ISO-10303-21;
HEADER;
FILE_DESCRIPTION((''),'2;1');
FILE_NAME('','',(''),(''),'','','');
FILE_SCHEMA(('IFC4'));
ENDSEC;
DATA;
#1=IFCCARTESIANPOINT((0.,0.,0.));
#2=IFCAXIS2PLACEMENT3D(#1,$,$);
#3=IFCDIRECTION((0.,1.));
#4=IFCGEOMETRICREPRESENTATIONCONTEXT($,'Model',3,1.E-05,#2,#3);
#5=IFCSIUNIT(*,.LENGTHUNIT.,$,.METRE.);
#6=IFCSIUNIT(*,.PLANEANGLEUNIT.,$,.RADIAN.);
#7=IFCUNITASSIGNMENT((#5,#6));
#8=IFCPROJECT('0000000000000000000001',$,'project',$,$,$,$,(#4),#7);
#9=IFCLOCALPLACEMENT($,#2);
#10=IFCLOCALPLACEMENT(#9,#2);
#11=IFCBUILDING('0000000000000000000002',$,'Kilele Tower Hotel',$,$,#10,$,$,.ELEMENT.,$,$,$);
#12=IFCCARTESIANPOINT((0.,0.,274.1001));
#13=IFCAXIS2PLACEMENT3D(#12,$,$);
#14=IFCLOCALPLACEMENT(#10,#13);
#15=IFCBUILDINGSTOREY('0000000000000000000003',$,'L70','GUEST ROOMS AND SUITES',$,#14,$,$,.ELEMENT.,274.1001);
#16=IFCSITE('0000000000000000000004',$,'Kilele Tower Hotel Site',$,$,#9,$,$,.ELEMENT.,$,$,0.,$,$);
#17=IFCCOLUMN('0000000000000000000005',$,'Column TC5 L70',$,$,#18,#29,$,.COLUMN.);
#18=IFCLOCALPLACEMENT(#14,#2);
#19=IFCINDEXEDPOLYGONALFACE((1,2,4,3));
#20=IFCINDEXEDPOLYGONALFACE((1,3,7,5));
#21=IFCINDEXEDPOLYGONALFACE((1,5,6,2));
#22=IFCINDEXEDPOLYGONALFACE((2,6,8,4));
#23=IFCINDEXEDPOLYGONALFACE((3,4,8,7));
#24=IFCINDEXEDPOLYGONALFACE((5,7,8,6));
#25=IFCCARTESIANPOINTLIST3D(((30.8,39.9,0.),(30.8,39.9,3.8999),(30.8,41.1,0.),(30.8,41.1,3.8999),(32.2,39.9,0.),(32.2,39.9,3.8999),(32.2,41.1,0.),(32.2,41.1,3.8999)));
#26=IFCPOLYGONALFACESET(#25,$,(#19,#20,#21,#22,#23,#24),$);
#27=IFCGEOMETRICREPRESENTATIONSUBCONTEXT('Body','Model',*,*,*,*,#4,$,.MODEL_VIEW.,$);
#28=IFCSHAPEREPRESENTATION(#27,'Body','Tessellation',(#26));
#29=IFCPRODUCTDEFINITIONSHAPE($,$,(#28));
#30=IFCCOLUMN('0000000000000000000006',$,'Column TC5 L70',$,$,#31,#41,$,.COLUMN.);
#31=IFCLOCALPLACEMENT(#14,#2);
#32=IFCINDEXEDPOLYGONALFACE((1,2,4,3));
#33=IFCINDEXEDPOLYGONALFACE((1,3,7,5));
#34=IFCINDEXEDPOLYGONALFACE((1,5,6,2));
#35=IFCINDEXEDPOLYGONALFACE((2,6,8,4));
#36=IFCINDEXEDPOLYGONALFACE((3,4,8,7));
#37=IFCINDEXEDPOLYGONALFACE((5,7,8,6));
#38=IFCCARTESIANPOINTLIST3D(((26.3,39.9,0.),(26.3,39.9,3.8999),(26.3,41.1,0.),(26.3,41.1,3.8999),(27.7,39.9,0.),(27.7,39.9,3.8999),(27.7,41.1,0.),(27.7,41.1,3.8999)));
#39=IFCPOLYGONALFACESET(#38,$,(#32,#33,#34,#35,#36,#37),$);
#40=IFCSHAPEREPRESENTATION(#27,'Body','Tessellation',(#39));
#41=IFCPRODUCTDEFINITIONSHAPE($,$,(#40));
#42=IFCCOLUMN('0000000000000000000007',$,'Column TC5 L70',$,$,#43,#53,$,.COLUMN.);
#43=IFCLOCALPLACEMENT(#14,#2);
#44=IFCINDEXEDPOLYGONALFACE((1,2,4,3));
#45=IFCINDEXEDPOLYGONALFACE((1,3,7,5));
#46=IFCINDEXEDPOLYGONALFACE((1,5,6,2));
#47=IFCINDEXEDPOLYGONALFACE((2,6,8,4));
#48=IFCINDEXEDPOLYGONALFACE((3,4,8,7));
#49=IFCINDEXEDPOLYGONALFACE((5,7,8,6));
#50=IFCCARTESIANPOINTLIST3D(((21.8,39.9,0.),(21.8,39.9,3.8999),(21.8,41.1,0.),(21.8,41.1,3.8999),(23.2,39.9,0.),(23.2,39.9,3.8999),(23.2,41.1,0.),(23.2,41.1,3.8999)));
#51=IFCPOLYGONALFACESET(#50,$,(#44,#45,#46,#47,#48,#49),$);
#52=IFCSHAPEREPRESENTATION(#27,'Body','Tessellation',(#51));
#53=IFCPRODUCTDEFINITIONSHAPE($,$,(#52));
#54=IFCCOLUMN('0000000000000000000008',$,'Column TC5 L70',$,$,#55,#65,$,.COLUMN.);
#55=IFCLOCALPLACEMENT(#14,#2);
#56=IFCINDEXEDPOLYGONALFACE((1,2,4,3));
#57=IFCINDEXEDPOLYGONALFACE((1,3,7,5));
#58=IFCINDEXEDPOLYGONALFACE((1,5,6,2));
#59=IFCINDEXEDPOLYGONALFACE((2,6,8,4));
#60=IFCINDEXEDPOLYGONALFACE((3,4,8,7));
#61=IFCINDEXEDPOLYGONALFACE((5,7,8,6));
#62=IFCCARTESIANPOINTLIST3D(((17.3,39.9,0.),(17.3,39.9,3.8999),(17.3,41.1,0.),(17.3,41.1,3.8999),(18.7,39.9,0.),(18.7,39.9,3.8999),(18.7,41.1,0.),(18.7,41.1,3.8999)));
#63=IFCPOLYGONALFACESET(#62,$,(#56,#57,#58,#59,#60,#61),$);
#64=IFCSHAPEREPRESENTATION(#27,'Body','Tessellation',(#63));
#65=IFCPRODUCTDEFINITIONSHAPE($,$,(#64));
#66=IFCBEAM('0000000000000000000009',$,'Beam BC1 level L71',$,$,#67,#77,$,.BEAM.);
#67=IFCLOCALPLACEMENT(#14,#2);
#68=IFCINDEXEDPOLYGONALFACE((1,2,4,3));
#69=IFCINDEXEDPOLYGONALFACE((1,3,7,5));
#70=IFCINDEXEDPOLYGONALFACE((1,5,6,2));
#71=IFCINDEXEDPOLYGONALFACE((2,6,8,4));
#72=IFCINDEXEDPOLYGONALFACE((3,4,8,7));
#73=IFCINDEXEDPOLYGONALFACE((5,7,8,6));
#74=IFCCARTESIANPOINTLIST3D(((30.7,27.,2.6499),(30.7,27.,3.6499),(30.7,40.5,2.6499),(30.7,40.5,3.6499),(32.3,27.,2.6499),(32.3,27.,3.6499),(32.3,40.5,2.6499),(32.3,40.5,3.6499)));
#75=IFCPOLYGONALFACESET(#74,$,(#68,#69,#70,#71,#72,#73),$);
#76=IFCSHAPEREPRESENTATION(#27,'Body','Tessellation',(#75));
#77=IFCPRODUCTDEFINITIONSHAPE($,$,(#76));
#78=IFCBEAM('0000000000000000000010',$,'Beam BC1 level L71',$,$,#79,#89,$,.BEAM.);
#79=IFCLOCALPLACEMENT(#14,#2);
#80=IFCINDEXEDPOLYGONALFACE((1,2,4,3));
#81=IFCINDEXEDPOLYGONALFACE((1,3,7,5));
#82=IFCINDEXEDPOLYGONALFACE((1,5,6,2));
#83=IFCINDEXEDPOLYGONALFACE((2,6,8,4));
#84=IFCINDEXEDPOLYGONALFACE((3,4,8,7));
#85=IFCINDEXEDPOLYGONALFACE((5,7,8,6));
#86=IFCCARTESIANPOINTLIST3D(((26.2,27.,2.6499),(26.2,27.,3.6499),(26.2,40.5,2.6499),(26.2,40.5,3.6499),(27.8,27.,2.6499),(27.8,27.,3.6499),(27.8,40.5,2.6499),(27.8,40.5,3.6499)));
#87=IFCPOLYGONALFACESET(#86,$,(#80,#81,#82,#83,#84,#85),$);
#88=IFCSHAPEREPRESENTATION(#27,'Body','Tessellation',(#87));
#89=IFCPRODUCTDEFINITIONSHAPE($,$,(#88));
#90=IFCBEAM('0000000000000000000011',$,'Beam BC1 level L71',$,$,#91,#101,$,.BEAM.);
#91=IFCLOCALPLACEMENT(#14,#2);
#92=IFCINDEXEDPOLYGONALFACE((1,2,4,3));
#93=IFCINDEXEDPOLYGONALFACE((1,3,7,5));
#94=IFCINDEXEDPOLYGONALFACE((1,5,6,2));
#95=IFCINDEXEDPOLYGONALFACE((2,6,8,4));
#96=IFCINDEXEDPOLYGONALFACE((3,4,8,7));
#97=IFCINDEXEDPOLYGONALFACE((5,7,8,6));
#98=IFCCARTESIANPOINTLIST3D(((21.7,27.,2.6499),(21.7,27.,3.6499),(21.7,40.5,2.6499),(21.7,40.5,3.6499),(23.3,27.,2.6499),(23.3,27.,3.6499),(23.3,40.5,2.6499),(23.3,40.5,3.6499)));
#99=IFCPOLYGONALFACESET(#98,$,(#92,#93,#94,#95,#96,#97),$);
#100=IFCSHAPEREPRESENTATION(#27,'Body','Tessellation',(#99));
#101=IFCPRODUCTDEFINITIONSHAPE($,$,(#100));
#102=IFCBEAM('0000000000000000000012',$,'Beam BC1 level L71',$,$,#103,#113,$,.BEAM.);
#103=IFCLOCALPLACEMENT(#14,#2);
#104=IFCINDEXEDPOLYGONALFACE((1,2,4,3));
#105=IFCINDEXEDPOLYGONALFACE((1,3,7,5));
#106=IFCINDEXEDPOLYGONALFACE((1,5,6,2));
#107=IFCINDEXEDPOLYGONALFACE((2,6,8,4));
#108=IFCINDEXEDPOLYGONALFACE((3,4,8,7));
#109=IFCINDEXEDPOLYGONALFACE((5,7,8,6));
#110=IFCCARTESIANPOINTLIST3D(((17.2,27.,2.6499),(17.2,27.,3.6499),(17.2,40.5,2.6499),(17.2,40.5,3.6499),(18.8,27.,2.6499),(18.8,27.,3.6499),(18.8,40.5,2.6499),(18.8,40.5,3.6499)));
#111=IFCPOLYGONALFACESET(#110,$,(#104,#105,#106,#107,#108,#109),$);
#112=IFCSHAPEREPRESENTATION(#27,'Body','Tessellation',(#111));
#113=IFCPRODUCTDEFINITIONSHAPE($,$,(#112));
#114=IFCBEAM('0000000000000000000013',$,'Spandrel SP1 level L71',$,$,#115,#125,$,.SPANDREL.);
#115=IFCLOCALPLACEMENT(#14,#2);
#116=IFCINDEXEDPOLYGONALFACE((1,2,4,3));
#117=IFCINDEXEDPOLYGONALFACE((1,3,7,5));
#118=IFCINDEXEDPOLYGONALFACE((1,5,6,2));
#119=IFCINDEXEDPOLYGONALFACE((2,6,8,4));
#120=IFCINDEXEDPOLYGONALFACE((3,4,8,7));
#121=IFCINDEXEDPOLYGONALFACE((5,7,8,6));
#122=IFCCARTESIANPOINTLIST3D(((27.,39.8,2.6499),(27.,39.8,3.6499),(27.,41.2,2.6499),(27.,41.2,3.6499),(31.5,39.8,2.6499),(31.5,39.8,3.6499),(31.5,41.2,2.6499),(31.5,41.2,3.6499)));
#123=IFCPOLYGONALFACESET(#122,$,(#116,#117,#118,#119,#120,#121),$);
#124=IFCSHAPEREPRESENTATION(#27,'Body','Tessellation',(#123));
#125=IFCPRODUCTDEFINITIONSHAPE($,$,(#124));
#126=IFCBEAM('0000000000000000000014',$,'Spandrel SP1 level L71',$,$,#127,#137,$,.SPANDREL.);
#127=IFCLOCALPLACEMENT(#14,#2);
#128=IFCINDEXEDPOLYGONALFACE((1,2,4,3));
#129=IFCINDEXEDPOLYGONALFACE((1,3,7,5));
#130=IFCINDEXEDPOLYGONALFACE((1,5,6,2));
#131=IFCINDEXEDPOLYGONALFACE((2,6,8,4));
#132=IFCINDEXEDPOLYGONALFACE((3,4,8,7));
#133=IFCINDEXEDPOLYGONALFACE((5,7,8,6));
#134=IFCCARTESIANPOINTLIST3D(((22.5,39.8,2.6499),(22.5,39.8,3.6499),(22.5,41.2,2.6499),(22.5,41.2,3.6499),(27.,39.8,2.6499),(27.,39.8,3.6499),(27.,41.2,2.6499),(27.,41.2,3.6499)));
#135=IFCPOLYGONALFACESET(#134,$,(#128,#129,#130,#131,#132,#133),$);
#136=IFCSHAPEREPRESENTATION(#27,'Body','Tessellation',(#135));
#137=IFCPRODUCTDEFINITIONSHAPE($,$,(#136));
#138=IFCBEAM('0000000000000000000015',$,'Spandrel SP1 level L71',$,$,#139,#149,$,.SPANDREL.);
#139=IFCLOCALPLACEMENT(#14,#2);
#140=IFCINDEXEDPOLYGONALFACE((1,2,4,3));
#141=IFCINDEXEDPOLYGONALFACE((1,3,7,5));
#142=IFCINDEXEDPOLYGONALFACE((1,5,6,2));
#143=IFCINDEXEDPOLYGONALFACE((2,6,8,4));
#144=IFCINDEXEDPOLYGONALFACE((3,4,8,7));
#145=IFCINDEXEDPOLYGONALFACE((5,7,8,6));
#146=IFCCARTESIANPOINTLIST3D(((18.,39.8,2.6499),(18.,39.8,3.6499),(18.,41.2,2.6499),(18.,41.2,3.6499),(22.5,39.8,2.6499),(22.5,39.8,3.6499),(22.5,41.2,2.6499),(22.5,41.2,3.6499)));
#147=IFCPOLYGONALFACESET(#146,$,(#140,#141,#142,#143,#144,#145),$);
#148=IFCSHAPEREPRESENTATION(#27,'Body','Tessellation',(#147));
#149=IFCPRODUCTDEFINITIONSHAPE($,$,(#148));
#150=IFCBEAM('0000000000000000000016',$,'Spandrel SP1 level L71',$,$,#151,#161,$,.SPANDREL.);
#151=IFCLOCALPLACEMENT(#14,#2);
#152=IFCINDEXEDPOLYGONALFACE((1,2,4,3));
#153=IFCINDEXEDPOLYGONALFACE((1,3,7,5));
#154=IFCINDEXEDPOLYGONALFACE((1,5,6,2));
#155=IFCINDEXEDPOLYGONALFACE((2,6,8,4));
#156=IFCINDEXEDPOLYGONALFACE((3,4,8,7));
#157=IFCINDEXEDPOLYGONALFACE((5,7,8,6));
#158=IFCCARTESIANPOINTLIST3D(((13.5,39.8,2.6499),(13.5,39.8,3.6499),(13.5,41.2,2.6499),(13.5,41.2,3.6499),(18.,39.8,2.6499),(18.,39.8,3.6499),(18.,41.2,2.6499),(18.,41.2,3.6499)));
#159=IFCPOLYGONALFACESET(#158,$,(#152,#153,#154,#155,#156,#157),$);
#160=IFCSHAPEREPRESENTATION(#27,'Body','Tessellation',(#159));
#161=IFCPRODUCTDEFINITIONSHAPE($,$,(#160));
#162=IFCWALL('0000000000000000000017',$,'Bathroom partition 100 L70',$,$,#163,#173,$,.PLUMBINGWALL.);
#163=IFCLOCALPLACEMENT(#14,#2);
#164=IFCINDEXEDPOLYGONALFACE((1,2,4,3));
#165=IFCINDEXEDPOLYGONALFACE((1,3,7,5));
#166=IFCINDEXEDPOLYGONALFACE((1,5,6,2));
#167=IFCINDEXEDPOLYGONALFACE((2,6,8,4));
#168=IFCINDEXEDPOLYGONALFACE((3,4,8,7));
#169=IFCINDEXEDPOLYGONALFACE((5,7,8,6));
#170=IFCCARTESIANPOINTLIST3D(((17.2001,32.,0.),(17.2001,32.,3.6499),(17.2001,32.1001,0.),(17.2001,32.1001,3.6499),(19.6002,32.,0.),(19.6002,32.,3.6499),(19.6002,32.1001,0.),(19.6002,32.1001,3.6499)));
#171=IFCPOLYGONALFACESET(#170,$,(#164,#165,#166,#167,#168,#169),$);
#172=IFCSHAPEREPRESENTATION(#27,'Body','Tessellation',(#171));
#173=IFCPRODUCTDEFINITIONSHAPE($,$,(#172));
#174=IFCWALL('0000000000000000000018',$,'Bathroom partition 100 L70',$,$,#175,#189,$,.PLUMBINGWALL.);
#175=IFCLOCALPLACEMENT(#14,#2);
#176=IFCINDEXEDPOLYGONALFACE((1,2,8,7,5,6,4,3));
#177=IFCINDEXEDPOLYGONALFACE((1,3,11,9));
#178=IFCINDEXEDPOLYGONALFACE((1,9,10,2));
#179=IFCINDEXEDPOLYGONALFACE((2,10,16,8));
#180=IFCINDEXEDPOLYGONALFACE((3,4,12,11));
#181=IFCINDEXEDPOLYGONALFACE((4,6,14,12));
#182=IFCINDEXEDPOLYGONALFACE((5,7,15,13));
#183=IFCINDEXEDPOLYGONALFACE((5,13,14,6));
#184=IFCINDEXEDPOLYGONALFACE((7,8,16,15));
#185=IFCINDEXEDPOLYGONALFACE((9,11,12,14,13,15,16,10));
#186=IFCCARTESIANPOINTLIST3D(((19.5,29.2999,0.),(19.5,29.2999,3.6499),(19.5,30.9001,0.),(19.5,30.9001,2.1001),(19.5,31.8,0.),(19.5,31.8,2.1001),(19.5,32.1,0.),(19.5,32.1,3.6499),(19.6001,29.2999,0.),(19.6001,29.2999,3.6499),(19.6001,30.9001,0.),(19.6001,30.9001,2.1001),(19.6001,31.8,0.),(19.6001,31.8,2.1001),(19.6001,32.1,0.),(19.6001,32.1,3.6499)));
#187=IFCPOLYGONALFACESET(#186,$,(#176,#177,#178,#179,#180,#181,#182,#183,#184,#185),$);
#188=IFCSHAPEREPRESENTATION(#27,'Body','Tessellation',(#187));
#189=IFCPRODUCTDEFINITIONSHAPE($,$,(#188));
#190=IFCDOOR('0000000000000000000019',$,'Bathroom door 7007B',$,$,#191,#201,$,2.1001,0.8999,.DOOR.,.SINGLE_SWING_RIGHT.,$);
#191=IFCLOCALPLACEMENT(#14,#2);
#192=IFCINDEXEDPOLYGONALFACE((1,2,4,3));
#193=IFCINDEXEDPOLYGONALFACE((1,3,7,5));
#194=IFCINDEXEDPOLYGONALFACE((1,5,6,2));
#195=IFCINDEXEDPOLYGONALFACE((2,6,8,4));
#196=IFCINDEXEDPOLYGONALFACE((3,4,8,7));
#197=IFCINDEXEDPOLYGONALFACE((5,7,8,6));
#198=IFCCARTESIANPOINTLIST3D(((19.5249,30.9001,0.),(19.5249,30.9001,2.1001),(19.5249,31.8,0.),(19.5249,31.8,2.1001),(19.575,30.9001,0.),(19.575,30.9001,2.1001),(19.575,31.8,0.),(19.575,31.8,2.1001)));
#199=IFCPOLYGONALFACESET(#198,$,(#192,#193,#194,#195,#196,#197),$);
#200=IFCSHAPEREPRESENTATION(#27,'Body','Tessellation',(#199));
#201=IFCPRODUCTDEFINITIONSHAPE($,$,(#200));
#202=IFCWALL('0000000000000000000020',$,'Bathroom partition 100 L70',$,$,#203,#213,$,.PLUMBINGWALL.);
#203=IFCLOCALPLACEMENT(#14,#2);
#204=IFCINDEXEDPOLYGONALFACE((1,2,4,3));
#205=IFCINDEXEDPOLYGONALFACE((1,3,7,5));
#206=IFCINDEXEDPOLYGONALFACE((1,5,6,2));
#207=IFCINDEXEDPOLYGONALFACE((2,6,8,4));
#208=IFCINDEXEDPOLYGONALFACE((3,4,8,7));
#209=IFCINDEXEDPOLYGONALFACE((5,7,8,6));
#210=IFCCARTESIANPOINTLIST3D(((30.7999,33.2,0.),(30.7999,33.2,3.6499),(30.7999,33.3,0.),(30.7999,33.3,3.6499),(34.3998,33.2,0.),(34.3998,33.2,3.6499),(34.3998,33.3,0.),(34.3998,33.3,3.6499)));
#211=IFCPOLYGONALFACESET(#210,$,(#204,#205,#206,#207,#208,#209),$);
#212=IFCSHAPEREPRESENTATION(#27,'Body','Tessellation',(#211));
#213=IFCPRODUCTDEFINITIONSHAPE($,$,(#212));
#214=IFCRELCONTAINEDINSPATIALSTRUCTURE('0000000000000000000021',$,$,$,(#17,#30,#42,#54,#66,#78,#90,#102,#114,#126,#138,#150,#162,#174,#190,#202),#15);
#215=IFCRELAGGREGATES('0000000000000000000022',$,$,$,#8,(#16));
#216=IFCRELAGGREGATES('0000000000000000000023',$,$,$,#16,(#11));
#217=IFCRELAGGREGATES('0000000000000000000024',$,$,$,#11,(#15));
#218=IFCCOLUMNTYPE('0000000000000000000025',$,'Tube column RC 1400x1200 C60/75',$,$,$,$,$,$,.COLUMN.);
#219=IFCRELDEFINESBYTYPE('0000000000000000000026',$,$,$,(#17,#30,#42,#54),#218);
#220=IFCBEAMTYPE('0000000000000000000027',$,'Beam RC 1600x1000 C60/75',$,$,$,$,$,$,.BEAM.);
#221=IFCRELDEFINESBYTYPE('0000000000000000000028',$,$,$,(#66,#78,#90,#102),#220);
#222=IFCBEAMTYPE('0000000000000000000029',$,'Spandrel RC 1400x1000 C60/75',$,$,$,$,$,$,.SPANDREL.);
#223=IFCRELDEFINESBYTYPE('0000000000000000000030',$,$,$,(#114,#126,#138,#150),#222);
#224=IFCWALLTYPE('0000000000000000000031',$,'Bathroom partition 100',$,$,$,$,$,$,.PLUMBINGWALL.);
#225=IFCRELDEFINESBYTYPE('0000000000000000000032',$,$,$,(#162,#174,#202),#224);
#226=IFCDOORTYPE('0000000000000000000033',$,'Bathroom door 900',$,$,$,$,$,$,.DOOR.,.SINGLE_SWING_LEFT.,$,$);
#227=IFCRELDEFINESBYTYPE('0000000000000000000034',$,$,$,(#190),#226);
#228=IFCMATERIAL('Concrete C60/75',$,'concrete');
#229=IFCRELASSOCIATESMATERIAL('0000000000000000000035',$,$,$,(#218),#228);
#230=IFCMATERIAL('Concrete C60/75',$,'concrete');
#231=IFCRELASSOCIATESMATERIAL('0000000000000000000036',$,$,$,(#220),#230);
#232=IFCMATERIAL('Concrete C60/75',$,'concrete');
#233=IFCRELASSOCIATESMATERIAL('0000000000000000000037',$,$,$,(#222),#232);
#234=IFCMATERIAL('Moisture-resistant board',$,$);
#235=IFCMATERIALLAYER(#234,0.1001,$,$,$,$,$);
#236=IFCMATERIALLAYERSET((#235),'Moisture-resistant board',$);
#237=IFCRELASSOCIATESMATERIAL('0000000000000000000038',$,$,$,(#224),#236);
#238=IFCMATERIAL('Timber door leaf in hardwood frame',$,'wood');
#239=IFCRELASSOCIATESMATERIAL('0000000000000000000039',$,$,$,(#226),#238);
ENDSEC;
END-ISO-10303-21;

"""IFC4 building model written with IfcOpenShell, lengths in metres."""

from ifc_helpers import new_model, si_unit, direction, frame, frame_2d, origin, origin_2d, place, context, subcontext, project, spatial, rectangle, extrude, material, layer, layer_set, material_profile, profile_set, type_object, element, fill, save


model = new_model("IFC4")

# Units and contexts
model_context = context("Model", 3, precision=1e-05, world=origin(), true_north=direction((0.0, 1.0)))
body_context = subcontext(model_context, "Body", "Model", "MODEL_VIEW")
ifc_project = project(units=[si_unit("LENGTHUNIT", "METRE"), si_unit("PLANEANGLEUNIT", "RADIAN")], contexts=[model_context])

# Site, building, storey
site_placement = place(None, origin())
site = spatial("IfcSite", under=ifc_project, at=site_placement, Name="Kilele Tower Hotel Site", CompositionType="ELEMENT", RefElevation=0.0)
building_placement = place(site_placement, origin())
building = spatial("IfcBuilding", under=site, at=building_placement, Name="Kilele Tower Hotel", CompositionType="ELEMENT")
storey_placement = place(building_placement, frame((0.0, 0.0, 274.1001)))
storey = spatial("IfcBuildingStorey", under=building, at=storey_placement, Name="L70", Description="GUEST ROOMS AND SUITES", CompositionType="ELEMENT", Elevation=274.1001)

# Columns
ifc_material_1 = material(Name="Concrete C60/75", Category="concrete")
ifc_material_profile_1 = material_profile(ifc_material_1, rectangle(XDim=1.3999, YDim=1.2, at=origin_2d()))
ifc_profile_set_1 = profile_set([ifc_material_profile_1], Name="Concrete C60/75")
column_type = type_object("IfcColumnType", Name="Tube column RC 1400x1200 C60/75", PredefinedType="COLUMN", material=ifc_profile_set_1)
for number, where, z_axis, x_axis, name in (
    (1, (31.5, 40.5, 0.0), (0.0, 0.0, 1.0), (1.0, 0.0, 0.0), "Column TC5 L70"),
    (2, (27.0, 40.5, 0.0), (0.0, 0.0, 1.0), (1.0, 0.0, 0.0), "Column TC5 L70"),
    (3, (22.5, 40.5, 0.0), (0.0, 0.0, 1.0), (1.0, 0.0, 0.0), "Column TC5 L70"),
    (4, (18.0, 40.5, 0.0), (0.0, 0.0, 1.0), (1.0, 0.0, 0.0), "Column TC5 L70"),
):
    element("IfcColumn", number, at=place(storey_placement, frame(where, z_axis=z_axis, x_axis=x_axis)), inside=storey, type_object=column_type, Name=name, PredefinedType="COLUMN", context=body_context, shape_type="SweptSolid", body=[
        extrude(rectangle(XDim=1.3999, YDim=1.2, at=origin_2d()), origin(), (0.0, 0.0, 1.0), 3.8999),
    ])

# Beams
ifc_material_2 = material(Name="Concrete C60/75", Category="concrete")
ifc_material_profile_2 = material_profile(ifc_material_2, rectangle(XDim=1.6001, YDim=1.0, at=origin_2d()))
ifc_profile_set_2 = profile_set([ifc_material_profile_2], Name="Concrete C60/75")
beam_type_1 = type_object("IfcBeamType", Name="Beam RC 1600x1000 C60/75", PredefinedType="BEAM", material=ifc_profile_set_2)
for number, where, z_axis, x_axis, name in (
    (5, (31.5, 40.5, 3.1499), (0.0, -1.0, 0.0), (1.0, 0.0, 0.0), "Beam BC1 level L71"),
    (6, (27.0, 40.5, 3.1499), (0.0, -1.0, 0.0), (1.0, 0.0, 0.0), "Beam BC1 level L71"),
    (7, (22.5, 40.5, 3.1499), (0.0, -1.0, 0.0), (1.0, 0.0, 0.0), "Beam BC1 level L71"),
    (8, (18.0, 40.5, 3.1499), (0.0, -1.0, 0.0), (1.0, 0.0, 0.0), "Beam BC1 level L71"),
):
    element("IfcBeam", number, at=place(storey_placement, frame(where, z_axis=z_axis, x_axis=x_axis)), inside=storey, type_object=beam_type_1, Name=name, PredefinedType="BEAM", context=body_context, shape_type="SweptSolid", body=[
        extrude(rectangle(XDim=1.6001, YDim=1.0, at=origin_2d()), origin(), (0.0, 0.0, 1.0), 13.5),
    ])
ifc_material_3 = material(Name="Concrete C60/75", Category="concrete")
ifc_material_profile_3 = material_profile(ifc_material_3, rectangle(XDim=1.3999, YDim=1.0, at=origin_2d()))
ifc_profile_set_3 = profile_set([ifc_material_profile_3], Name="Concrete C60/75")
beam_type_2 = type_object("IfcBeamType", Name="Spandrel RC 1400x1000 C60/75", PredefinedType="SPANDREL", material=ifc_profile_set_3)
for number, where, z_axis, x_axis, name in (
    (9, (31.5, 40.5, 3.1499), (-1.0, 0.0, 0.0), (0.0, -1.0, 0.0), "Spandrel SP1 level L71"),
    (10, (27.0, 40.5, 3.1499), (-1.0, 0.0, 0.0), (0.0, -1.0, 0.0), "Spandrel SP1 level L71"),
    (11, (22.5, 40.5, 3.1499), (-1.0, 0.0, 0.0), (0.0, -1.0, 0.0), "Spandrel SP1 level L71"),
    (12, (18.0, 40.5, 3.1499), (-1.0, 0.0, 0.0), (0.0, -1.0, 0.0), "Spandrel SP1 level L71"),
):
    element("IfcBeam", number, at=place(storey_placement, frame(where, z_axis=z_axis, x_axis=x_axis)), inside=storey, type_object=beam_type_2, Name=name, PredefinedType="SPANDREL", context=body_context, shape_type="SweptSolid", body=[
        extrude(rectangle(XDim=1.3999, YDim=1.0, at=origin_2d()), origin(), (0.0, 0.0, 1.0), 4.5),
    ])

# Wall
ifc_material_4 = material(Name="Moisture-resistant board")
ifc_layer_1 = layer(ifc_material_4, 0.1001)
ifc_layer_set_1 = layer_set([ifc_layer_1], Name="Moisture-resistant board")
wall_type_1 = type_object("IfcWallType", Name="Bathroom partition 100", PredefinedType="PLUMBINGWALL", material=ifc_layer_set_1)
wall_1_placement = place(storey_placement, frame((17.2, 32.05, 0.0), z_axis=(0.0, 0.0, 1.0), x_axis=(1.0, 0.0, 0.0)))
element("IfcWall", 13, at=wall_1_placement, inside=storey, type_object=wall_type_1, Name="Bathroom partition 100 L70", PredefinedType="PLUMBINGWALL", context=body_context, shape_type="SweptSolid", body=[
    extrude(rectangle(XDim=2.4001, YDim=0.1001, at=frame_2d((1.2002, 0.0))), origin(), (0.0, 0.0, 1.0), 3.6499),
])

# Wall, opening, door
wall_2_placement = place(storey_placement, frame((19.55, 29.3, 0.0), z_axis=(0.0, 0.0, 1.0), x_axis=(0.0, 1.0, 0.0)))
wall_2 = element("IfcWall", 14, at=wall_2_placement, inside=storey, type_object=wall_type_1, Name="Bathroom partition 100 L70", PredefinedType="PLUMBINGWALL", context=body_context, shape_type="SweptSolid", body=[
    extrude(rectangle(XDim=2.8, YDim=0.1001, at=frame_2d((1.3999, 0.0))), origin(), (0.0, 0.0, 1.0), 3.6499),
])
opening_1_placement = place(wall_2_placement, frame((2.5, 0.0, 0.0), z_axis=(0.0, 0.0, 1.0), x_axis=(-1.0, 0.0, 0.0)))
opening_1 = element("IfcOpeningElement", 15, at=opening_1_placement, cuts=wall_2, PredefinedType="OPENING", context=body_context, shape_type="SweptSolid", body=[
    extrude(rectangle(XDim=0.8999, YDim=2.1001, at=frame_2d((0.45, 1.05))), frame((0.0, 0.0601, 0.0), z_axis=(0.0, -1.0, 0.0), x_axis=(1.0, 0.0, 0.0)), (0.0, 0.0, 1.0), 0.1201),
])
ifc_material_5 = material(Name="Timber door leaf in hardwood frame", Category="wood")
door_type_1 = type_object("IfcDoorType", Name="Bathroom door 900", OperationType="SINGLE_SWING_LEFT", PredefinedType="DOOR", material=ifc_material_5)
door_1_placement = place(opening_1_placement, origin())
door_1 = element("IfcDoor", 16, at=door_1_placement, inside=storey, type_object=door_type_1, Name="Bathroom door 7007B", OperationType="SINGLE_SWING_RIGHT", OverallHeight=2.1001, OverallWidth=0.8999, PredefinedType="DOOR", context=body_context, shape_type="SweptSolid", body=[
    extrude(rectangle(XDim=0.8999, YDim=2.1001, at=frame_2d((0.45, 1.05))), frame((0.0, 0.0249, 0.0), z_axis=(0.0, -1.0, 0.0), x_axis=(1.0, 0.0, 0.0)), (0.0, 0.0, 1.0), 0.05),
])
fill(opening_1, door_1)

# Wall
wall_3_placement = place(storey_placement, frame((30.8, 33.25, 0.0), z_axis=(0.0, 0.0, 1.0), x_axis=(1.0, 0.0, 0.0)))
element("IfcWall", 17, at=wall_3_placement, inside=storey, type_object=wall_type_1, Name="Bathroom partition 100 L70", PredefinedType="PLUMBINGWALL", context=body_context, shape_type="SweptSolid", body=[
    extrude(rectangle(XDim=3.5999, YDim=0.1001, at=frame_2d((1.7998, 0.0))), origin(), (0.0, 0.0, 1.0), 3.6499),
])

save(model, "model.ifc")
